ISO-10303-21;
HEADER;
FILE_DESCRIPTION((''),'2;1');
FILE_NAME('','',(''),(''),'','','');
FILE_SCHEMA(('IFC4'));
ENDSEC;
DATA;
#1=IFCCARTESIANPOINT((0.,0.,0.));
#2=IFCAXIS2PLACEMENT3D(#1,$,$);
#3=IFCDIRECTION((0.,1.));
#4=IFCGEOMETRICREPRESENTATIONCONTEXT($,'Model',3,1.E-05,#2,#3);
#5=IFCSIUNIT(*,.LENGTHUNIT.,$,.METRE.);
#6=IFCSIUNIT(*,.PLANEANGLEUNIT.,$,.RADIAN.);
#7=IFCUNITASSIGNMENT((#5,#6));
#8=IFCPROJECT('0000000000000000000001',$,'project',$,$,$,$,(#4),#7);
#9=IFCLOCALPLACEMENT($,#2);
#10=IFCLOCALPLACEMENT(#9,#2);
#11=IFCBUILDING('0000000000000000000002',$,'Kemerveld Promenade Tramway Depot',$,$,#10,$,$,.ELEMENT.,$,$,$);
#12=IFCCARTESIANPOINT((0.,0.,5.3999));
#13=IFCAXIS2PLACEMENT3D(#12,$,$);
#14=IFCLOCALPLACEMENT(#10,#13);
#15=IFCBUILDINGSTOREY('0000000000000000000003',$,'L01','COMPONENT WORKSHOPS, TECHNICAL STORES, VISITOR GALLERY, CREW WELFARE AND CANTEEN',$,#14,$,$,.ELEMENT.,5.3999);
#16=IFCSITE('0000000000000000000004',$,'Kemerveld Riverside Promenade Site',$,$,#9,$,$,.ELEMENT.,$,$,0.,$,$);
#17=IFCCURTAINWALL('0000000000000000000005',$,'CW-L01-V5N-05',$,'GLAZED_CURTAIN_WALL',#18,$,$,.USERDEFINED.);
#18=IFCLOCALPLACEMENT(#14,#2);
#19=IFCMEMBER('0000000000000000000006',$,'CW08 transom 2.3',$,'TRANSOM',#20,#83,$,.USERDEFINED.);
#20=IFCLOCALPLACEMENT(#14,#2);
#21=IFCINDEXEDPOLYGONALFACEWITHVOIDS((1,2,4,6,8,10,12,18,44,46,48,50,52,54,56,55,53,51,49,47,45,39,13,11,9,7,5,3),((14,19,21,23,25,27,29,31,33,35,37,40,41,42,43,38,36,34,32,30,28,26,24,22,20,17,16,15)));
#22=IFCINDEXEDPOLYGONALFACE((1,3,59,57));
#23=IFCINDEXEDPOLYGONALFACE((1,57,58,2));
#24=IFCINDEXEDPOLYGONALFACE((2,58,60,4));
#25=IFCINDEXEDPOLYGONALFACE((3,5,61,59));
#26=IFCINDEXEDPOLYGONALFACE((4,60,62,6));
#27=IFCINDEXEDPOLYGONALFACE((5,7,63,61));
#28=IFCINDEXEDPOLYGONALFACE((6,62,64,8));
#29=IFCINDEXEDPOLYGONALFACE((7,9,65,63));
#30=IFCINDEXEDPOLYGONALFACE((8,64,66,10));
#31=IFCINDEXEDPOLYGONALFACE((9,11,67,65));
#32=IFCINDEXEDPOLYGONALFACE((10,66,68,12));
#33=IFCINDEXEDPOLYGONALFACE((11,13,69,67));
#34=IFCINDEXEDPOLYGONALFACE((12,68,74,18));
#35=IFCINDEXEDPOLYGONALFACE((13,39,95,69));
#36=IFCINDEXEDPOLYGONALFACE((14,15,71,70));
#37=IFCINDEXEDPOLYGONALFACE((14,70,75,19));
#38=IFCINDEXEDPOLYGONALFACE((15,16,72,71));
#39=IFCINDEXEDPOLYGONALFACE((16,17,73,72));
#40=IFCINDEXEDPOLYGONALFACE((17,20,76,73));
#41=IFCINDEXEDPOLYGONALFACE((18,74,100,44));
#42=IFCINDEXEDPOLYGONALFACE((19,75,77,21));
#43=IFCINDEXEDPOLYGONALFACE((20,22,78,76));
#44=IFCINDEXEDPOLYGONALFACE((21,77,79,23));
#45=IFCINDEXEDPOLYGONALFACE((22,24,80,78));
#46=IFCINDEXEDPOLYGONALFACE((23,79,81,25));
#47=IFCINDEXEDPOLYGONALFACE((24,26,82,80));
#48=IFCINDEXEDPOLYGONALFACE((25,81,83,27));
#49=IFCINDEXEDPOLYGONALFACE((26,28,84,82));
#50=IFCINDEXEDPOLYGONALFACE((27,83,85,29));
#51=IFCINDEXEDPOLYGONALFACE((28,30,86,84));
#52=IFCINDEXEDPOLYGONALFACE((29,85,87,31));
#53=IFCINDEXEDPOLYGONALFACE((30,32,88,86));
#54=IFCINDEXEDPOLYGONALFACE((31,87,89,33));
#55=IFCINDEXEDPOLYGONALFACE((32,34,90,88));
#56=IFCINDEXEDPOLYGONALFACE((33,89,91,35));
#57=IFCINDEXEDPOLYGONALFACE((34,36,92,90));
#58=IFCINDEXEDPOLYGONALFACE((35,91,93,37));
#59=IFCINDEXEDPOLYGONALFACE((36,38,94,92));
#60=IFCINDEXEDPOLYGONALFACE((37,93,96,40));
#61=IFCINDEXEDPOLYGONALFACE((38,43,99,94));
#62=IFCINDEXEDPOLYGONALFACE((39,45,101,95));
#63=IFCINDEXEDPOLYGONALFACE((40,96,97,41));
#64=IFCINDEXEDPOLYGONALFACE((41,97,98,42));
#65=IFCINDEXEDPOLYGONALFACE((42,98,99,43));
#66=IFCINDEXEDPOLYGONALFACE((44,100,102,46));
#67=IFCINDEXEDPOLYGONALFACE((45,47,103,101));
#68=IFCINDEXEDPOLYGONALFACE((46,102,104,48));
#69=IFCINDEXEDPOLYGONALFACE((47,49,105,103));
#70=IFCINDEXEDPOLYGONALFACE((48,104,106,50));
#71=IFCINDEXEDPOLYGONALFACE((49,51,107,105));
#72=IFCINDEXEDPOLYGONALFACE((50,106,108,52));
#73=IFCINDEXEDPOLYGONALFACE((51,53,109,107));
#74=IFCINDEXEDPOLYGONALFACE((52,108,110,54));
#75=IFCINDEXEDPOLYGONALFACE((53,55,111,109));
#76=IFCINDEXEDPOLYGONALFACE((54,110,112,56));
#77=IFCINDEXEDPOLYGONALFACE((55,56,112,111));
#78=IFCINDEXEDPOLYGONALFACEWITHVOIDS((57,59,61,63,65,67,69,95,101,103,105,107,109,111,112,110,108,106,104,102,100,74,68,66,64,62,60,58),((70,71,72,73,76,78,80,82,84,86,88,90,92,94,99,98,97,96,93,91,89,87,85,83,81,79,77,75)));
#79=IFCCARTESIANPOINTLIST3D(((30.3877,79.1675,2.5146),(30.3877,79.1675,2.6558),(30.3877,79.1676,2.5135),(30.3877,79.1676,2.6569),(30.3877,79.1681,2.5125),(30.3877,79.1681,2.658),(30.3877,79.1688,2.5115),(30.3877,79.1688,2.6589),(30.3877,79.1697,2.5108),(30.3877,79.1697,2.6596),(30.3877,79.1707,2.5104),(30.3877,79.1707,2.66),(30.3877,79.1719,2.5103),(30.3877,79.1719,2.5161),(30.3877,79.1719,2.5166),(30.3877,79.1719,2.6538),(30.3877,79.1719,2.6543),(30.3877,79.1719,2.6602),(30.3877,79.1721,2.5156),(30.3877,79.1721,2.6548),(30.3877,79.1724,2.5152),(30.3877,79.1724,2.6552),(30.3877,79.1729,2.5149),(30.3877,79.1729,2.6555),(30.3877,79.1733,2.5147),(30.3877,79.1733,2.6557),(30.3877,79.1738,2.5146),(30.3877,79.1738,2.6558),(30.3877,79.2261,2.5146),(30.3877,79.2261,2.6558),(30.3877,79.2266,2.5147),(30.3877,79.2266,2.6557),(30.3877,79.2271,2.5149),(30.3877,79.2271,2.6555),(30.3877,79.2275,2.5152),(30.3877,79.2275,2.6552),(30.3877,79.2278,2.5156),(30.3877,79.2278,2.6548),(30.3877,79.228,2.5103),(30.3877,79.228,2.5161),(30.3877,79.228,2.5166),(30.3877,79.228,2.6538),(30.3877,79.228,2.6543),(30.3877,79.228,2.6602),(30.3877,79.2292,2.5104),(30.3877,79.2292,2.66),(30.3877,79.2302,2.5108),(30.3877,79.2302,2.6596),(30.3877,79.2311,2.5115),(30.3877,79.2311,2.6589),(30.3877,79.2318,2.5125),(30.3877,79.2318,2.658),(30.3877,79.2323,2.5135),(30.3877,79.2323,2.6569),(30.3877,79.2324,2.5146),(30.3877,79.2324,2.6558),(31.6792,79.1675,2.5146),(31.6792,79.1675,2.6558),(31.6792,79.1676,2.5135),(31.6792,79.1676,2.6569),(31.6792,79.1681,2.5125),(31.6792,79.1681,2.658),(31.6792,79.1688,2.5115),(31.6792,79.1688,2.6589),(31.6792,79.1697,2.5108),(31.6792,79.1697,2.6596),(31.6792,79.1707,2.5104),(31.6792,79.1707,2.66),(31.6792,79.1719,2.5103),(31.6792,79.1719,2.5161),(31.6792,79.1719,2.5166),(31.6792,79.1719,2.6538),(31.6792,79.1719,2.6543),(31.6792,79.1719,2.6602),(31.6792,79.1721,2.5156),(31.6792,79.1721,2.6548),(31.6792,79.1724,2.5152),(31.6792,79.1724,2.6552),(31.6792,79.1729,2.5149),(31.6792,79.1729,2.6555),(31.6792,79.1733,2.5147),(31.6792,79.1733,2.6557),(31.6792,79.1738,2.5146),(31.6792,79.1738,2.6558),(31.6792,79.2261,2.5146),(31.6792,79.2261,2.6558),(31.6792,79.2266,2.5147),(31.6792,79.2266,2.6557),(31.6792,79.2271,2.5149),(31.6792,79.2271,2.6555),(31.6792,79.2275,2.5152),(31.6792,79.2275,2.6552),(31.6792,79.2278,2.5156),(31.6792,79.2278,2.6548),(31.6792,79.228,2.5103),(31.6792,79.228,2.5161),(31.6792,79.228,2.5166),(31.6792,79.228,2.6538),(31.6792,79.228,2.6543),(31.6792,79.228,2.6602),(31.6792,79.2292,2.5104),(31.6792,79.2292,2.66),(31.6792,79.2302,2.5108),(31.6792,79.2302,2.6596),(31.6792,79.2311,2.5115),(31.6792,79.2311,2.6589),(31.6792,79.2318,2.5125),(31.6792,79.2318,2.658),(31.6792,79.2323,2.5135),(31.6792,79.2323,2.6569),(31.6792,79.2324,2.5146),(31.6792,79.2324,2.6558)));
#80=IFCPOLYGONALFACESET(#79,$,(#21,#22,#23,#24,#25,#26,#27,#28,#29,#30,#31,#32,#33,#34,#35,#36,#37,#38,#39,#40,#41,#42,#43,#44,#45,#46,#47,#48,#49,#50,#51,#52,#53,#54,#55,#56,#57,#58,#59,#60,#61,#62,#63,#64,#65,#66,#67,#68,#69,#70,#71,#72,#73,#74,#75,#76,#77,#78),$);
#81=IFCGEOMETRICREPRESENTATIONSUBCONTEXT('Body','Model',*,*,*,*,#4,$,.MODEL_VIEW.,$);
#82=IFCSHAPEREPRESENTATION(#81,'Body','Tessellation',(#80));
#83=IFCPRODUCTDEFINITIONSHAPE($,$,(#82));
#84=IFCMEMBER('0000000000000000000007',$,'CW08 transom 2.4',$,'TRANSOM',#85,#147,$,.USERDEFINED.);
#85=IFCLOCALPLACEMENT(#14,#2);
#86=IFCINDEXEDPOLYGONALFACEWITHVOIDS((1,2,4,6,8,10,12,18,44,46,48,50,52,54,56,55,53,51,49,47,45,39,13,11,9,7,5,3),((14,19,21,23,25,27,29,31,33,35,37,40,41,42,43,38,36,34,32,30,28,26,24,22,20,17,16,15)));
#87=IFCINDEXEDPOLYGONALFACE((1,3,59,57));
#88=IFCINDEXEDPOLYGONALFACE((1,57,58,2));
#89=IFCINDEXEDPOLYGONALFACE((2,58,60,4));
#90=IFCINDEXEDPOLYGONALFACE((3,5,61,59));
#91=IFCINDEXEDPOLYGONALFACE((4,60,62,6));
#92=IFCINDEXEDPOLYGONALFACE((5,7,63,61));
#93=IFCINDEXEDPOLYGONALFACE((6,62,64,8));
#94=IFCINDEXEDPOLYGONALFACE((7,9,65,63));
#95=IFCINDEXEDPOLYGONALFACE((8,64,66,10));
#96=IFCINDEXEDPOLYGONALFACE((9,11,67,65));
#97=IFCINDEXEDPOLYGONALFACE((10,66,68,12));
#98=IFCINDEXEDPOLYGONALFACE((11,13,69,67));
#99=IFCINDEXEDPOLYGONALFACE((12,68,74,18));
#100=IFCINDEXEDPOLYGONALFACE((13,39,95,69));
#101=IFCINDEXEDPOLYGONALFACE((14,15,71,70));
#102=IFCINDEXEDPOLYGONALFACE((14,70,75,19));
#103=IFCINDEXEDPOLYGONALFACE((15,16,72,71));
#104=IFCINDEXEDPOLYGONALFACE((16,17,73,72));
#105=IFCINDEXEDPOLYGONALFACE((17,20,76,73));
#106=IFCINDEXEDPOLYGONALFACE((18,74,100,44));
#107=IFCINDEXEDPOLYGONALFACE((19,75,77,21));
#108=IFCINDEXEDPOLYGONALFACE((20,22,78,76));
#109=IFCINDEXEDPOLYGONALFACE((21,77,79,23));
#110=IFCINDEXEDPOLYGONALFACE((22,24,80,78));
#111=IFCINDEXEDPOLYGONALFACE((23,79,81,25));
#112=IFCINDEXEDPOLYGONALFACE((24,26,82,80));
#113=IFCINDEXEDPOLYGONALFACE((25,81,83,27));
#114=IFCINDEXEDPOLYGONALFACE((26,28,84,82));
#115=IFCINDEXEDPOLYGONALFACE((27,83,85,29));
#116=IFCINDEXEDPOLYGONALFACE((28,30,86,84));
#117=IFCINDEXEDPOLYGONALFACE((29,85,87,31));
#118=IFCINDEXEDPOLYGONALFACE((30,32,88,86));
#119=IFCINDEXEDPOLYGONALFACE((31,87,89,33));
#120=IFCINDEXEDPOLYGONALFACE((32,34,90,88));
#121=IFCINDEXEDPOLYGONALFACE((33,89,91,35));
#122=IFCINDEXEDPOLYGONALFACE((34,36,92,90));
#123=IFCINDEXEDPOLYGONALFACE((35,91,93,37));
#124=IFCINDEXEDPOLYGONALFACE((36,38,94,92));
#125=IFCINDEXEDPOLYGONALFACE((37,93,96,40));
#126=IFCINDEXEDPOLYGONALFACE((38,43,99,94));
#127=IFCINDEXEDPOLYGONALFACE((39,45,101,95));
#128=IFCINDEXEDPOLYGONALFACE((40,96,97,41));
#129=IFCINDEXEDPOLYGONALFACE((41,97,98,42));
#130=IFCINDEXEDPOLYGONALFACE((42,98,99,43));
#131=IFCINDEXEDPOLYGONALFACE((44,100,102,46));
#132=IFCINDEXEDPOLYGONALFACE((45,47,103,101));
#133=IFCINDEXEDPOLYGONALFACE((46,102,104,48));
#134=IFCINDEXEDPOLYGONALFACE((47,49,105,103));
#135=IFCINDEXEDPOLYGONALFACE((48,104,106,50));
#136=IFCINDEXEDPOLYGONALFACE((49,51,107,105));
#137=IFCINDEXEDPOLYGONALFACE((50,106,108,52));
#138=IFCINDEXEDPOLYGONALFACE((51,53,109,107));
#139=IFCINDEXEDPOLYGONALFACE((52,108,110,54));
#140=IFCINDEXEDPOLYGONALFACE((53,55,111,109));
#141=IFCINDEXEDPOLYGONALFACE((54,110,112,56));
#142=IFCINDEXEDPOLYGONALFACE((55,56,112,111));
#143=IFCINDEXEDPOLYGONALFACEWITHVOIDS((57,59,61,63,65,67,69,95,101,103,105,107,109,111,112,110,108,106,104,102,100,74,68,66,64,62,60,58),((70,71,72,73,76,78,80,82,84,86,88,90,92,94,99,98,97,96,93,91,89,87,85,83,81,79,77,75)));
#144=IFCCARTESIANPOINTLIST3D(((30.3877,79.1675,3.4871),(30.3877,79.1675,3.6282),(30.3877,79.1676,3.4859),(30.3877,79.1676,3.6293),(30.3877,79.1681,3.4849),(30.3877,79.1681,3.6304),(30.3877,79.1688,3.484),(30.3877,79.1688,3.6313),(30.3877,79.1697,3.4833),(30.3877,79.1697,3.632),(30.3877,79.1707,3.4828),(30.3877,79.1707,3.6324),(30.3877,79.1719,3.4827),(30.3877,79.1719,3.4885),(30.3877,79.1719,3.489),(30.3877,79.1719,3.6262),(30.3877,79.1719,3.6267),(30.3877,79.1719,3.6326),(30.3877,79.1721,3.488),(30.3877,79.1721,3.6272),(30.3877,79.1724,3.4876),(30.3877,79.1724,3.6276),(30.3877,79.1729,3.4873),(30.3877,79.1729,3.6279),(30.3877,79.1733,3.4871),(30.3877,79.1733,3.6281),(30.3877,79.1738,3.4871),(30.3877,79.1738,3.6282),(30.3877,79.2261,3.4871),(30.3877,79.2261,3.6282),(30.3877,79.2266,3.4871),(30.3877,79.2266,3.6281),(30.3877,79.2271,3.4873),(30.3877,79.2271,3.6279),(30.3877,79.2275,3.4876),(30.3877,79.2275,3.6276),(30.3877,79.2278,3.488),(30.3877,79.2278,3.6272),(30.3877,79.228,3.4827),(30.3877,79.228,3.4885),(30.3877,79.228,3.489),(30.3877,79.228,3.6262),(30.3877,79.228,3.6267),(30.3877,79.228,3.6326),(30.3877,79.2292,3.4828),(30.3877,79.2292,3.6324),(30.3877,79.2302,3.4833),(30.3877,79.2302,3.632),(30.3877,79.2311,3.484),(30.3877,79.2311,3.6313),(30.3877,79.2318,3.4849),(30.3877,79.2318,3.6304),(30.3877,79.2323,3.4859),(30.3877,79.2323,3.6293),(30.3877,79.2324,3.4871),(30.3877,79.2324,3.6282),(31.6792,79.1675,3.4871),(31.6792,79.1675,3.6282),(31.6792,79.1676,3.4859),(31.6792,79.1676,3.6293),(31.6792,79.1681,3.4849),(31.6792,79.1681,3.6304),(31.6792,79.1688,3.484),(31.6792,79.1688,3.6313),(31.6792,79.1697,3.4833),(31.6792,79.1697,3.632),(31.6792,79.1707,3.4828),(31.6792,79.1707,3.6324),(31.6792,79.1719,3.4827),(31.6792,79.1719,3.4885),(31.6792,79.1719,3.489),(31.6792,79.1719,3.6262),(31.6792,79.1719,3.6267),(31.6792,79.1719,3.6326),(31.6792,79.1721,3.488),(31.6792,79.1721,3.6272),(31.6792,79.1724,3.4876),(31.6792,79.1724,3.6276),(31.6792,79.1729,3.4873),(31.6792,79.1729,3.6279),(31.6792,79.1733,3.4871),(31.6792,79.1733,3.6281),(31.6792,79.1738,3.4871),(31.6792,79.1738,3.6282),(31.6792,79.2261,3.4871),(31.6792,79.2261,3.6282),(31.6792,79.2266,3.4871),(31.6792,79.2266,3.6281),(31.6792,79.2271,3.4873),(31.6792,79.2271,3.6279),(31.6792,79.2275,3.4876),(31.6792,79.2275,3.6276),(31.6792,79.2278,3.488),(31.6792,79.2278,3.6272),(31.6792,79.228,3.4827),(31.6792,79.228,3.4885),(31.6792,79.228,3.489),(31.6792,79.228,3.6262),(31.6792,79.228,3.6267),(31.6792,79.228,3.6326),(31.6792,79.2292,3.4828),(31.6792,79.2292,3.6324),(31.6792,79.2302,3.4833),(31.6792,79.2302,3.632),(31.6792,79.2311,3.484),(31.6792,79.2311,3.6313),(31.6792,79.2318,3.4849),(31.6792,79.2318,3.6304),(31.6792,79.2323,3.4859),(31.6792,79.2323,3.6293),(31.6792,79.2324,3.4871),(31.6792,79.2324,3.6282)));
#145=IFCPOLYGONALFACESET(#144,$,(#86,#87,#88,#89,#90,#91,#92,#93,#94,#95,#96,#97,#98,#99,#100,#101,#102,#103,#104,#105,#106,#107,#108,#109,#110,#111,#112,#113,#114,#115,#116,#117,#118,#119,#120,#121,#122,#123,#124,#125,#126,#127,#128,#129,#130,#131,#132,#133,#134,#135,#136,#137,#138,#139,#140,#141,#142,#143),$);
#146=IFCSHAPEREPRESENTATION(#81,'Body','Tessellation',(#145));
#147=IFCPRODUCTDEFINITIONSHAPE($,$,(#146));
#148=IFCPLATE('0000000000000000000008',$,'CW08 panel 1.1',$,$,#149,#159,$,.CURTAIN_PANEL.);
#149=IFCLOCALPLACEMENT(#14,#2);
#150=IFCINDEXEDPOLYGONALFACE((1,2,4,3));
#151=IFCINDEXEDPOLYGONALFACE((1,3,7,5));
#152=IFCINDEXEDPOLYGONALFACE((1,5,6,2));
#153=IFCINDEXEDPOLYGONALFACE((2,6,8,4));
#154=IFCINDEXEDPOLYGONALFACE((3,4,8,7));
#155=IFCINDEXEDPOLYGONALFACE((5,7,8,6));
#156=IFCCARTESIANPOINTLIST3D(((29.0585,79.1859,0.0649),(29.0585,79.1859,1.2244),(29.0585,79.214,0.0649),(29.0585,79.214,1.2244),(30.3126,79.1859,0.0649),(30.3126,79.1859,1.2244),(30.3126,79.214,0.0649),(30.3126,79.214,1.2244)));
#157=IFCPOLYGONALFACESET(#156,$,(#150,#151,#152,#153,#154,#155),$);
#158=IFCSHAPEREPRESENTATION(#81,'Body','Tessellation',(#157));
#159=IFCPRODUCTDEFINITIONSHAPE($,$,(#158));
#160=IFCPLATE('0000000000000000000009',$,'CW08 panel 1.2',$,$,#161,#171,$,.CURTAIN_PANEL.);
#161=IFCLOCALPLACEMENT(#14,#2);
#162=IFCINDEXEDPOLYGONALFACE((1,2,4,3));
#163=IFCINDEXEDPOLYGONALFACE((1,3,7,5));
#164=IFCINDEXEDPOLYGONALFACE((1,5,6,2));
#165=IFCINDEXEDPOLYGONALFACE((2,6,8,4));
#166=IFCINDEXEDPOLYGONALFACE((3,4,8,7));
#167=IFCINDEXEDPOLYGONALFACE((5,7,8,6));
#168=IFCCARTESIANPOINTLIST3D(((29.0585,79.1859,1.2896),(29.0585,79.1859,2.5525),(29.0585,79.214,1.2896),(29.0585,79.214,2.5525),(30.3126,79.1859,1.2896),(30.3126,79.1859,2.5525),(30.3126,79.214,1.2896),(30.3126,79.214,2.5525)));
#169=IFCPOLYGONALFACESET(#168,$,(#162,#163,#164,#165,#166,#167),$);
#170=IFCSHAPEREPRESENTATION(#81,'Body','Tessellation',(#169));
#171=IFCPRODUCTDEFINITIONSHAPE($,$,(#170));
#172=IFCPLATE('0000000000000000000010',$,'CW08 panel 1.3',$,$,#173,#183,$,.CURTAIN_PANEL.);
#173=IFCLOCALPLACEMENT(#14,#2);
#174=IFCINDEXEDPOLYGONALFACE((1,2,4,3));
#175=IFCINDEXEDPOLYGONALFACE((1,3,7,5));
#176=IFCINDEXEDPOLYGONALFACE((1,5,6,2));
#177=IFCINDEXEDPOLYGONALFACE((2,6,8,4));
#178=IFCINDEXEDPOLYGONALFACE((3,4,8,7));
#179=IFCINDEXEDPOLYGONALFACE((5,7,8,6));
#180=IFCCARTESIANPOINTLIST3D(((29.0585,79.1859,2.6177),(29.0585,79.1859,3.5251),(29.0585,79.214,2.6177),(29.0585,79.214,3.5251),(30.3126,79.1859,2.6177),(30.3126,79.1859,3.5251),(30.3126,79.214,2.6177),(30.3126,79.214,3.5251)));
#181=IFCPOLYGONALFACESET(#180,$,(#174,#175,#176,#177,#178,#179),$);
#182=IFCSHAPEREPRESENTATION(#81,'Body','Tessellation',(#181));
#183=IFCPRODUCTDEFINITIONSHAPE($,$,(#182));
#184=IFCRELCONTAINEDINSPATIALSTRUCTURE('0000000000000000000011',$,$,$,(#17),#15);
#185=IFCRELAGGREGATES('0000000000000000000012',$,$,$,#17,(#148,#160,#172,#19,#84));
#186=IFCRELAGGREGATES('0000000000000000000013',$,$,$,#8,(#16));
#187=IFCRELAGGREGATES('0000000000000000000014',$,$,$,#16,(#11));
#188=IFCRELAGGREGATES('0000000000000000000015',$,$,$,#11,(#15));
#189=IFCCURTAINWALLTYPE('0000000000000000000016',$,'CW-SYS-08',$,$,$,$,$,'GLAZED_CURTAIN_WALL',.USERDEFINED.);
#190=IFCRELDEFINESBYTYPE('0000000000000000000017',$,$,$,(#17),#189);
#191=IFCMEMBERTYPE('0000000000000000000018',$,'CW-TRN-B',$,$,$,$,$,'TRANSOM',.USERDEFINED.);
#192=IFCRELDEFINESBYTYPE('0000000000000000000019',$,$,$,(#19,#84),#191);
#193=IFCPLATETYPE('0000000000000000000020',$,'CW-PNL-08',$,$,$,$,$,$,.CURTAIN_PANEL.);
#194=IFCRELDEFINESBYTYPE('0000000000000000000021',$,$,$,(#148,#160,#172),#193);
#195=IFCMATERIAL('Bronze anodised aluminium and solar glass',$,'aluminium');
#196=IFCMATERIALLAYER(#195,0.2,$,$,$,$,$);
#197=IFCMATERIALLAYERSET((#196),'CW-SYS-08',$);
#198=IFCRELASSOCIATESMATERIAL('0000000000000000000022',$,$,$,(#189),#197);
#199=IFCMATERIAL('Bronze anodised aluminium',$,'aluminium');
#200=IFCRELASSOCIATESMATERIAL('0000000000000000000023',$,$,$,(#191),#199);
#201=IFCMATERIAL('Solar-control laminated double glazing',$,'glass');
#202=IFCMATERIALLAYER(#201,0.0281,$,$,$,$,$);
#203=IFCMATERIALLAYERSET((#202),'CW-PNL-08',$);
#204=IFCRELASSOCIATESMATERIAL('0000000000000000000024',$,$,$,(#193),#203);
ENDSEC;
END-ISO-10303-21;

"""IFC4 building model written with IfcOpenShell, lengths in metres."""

from ifc_helpers import new_model, si_unit, direction, frame, origin, origin_2d, place, context, subcontext, project, spatial, rectangle, hollow_rectangle, extrude, material, layer, layer_set, material_profile, profile_set, type_object, element, aggregate, save


model = new_model("IFC4")

# Units and contexts
model_context = context("Model", 3, precision=1e-05, world=origin(), true_north=direction((0.0, 1.0)))
body_context = subcontext(model_context, "Body", "Model", "MODEL_VIEW")
ifc_project = project(units=[si_unit("LENGTHUNIT", "METRE"), si_unit("PLANEANGLEUNIT", "RADIAN")], contexts=[model_context])

# Site, building, storey
site_placement = place(None, origin())
site = spatial("IfcSite", under=ifc_project, at=site_placement, Name="Kemerveld Riverside Promenade Site", CompositionType="ELEMENT", RefElevation=0.0)
building_placement = place(site_placement, origin())
building = spatial("IfcBuilding", under=site, at=building_placement, Name="Kemerveld Promenade Tramway Depot", CompositionType="ELEMENT")
storey_placement = place(building_placement, frame((0.0, 0.0, 5.3999)))
storey = spatial("IfcBuildingStorey", under=building, at=storey_placement, Name="L01", Description="COMPONENT WORKSHOPS, TECHNICAL STORES, VISITOR GALLERY, CREW WELFARE AND CANTEEN", CompositionType="ELEMENT", Elevation=5.3999)

# Curtain wall, members, plates
ifc_material_1 = material(Name="Bronze anodised aluminium and solar glass", Category="aluminium")
ifc_layer_1 = layer(ifc_material_1, 0.2)
ifc_layer_set_1 = layer_set([ifc_layer_1], Name="CW-SYS-08")
curtain_wall_type = type_object("IfcCurtainWallType", Name="CW-SYS-08", ElementType="GLAZED_CURTAIN_WALL", PredefinedType="USERDEFINED", material=ifc_layer_set_1)
curtain_wall_placement = place(storey_placement, origin())
curtain_wall = element("IfcCurtainWall", 1, at=curtain_wall_placement, inside=storey, type_object=curtain_wall_type, Name="CW-L01-V5N-05", ObjectType="GLAZED_CURTAIN_WALL", PredefinedType="USERDEFINED")
ifc_material_2 = material(Name="Bronze anodised aluminium", Category="aluminium")
ifc_material_profile_1 = material_profile(ifc_material_2, hollow_rectangle(XDim=0.0649, YDim=0.1499, WallThickness=0.0044, InnerFilletRadius=0.002, OuterFilletRadius=0.0044, at=origin_2d()), Name="CW-TRN-150x65")
ifc_profile_set_1 = profile_set([ifc_material_profile_1], Name="Bronze anodised aluminium")
member_type_1 = type_object("IfcMemberType", Name="CW-TRN-B", ElementType="TRANSOM", PredefinedType="USERDEFINED", material=ifc_profile_set_1)
member_1_placement = place(storey_placement, frame((30.3877, 79.2, 2.5852), z_axis=(1.0, 0.0, 0.0), x_axis=(0.0, 1.0, 0.0)))
member_1 = element("IfcMember", 2, at=member_1_placement, type_object=member_type_1, Name="CW08 transom 2.3", ObjectType="TRANSOM", PredefinedType="USERDEFINED", context=body_context, shape_type="SweptSolid", body=[
    extrude(hollow_rectangle(XDim=0.0649, YDim=0.1499, WallThickness=0.0044, InnerFilletRadius=0.002, OuterFilletRadius=0.0044, at=origin_2d()), origin(), (0.0, 0.0, 1.0), 1.2915),
])
member_2_placement = place(storey_placement, frame((30.3877, 79.2, 3.5576), z_axis=(1.0, 0.0, 0.0), x_axis=(0.0, 1.0, 0.0)))
member_2 = element("IfcMember", 3, at=member_2_placement, type_object=member_type_1, Name="CW08 transom 2.4", ObjectType="TRANSOM", PredefinedType="USERDEFINED", context=body_context, shape_type="SweptSolid", body=[
    extrude(hollow_rectangle(XDim=0.0649, YDim=0.1499, WallThickness=0.0044, InnerFilletRadius=0.002, OuterFilletRadius=0.0044, at=origin_2d()), origin(), (0.0, 0.0, 1.0), 1.2915),
])
ifc_material_3 = material(Name="Solar-control laminated double glazing", Category="glass")
ifc_layer_2 = layer(ifc_material_3, 0.0281)
ifc_layer_set_2 = layer_set([ifc_layer_2], Name="CW-PNL-08")
plate_type = type_object("IfcPlateType", Name="CW-PNL-08", PredefinedType="CURTAIN_PANEL", material=ifc_layer_set_2)
plate_1_placement = place(storey_placement, frame((29.6855, 79.2, 0.0649), z_axis=(0.0, 0.0, 1.0), x_axis=(1.0, 0.0, 0.0)))
plate_1 = element("IfcPlate", 4, at=plate_1_placement, type_object=plate_type, Name="CW08 panel 1.1", PredefinedType="CURTAIN_PANEL", context=body_context, shape_type="SweptSolid", body=[
    extrude(rectangle(XDim=1.2542, YDim=0.0281, at=origin_2d()), origin(), (0.0, 0.0, 1.0), 1.1594),
])
plate_2_placement = place(storey_placement, frame((29.6855, 79.2, 1.2896), z_axis=(0.0, 0.0, 1.0), x_axis=(1.0, 0.0, 0.0)))
plate_2 = element("IfcPlate", 5, at=plate_2_placement, type_object=plate_type, Name="CW08 panel 1.2", PredefinedType="CURTAIN_PANEL", context=body_context, shape_type="SweptSolid", body=[
    extrude(rectangle(XDim=1.2542, YDim=0.0281, at=origin_2d()), origin(), (0.0, 0.0, 1.0), 1.2629),
])
plate_3_placement = place(storey_placement, frame((29.6855, 79.2, 2.6177), z_axis=(0.0, 0.0, 1.0), x_axis=(1.0, 0.0, 0.0)))
plate_3 = element("IfcPlate", 6, at=plate_3_placement, type_object=plate_type, Name="CW08 panel 1.3", PredefinedType="CURTAIN_PANEL", context=body_context, shape_type="SweptSolid", body=[
    extrude(rectangle(XDim=1.2542, YDim=0.0281, at=origin_2d()), origin(), (0.0, 0.0, 1.0), 0.9075),
])
aggregate(curtain_wall, [plate_1, plate_2, plate_3, member_1, member_2])

save(model, "model.ifc")
